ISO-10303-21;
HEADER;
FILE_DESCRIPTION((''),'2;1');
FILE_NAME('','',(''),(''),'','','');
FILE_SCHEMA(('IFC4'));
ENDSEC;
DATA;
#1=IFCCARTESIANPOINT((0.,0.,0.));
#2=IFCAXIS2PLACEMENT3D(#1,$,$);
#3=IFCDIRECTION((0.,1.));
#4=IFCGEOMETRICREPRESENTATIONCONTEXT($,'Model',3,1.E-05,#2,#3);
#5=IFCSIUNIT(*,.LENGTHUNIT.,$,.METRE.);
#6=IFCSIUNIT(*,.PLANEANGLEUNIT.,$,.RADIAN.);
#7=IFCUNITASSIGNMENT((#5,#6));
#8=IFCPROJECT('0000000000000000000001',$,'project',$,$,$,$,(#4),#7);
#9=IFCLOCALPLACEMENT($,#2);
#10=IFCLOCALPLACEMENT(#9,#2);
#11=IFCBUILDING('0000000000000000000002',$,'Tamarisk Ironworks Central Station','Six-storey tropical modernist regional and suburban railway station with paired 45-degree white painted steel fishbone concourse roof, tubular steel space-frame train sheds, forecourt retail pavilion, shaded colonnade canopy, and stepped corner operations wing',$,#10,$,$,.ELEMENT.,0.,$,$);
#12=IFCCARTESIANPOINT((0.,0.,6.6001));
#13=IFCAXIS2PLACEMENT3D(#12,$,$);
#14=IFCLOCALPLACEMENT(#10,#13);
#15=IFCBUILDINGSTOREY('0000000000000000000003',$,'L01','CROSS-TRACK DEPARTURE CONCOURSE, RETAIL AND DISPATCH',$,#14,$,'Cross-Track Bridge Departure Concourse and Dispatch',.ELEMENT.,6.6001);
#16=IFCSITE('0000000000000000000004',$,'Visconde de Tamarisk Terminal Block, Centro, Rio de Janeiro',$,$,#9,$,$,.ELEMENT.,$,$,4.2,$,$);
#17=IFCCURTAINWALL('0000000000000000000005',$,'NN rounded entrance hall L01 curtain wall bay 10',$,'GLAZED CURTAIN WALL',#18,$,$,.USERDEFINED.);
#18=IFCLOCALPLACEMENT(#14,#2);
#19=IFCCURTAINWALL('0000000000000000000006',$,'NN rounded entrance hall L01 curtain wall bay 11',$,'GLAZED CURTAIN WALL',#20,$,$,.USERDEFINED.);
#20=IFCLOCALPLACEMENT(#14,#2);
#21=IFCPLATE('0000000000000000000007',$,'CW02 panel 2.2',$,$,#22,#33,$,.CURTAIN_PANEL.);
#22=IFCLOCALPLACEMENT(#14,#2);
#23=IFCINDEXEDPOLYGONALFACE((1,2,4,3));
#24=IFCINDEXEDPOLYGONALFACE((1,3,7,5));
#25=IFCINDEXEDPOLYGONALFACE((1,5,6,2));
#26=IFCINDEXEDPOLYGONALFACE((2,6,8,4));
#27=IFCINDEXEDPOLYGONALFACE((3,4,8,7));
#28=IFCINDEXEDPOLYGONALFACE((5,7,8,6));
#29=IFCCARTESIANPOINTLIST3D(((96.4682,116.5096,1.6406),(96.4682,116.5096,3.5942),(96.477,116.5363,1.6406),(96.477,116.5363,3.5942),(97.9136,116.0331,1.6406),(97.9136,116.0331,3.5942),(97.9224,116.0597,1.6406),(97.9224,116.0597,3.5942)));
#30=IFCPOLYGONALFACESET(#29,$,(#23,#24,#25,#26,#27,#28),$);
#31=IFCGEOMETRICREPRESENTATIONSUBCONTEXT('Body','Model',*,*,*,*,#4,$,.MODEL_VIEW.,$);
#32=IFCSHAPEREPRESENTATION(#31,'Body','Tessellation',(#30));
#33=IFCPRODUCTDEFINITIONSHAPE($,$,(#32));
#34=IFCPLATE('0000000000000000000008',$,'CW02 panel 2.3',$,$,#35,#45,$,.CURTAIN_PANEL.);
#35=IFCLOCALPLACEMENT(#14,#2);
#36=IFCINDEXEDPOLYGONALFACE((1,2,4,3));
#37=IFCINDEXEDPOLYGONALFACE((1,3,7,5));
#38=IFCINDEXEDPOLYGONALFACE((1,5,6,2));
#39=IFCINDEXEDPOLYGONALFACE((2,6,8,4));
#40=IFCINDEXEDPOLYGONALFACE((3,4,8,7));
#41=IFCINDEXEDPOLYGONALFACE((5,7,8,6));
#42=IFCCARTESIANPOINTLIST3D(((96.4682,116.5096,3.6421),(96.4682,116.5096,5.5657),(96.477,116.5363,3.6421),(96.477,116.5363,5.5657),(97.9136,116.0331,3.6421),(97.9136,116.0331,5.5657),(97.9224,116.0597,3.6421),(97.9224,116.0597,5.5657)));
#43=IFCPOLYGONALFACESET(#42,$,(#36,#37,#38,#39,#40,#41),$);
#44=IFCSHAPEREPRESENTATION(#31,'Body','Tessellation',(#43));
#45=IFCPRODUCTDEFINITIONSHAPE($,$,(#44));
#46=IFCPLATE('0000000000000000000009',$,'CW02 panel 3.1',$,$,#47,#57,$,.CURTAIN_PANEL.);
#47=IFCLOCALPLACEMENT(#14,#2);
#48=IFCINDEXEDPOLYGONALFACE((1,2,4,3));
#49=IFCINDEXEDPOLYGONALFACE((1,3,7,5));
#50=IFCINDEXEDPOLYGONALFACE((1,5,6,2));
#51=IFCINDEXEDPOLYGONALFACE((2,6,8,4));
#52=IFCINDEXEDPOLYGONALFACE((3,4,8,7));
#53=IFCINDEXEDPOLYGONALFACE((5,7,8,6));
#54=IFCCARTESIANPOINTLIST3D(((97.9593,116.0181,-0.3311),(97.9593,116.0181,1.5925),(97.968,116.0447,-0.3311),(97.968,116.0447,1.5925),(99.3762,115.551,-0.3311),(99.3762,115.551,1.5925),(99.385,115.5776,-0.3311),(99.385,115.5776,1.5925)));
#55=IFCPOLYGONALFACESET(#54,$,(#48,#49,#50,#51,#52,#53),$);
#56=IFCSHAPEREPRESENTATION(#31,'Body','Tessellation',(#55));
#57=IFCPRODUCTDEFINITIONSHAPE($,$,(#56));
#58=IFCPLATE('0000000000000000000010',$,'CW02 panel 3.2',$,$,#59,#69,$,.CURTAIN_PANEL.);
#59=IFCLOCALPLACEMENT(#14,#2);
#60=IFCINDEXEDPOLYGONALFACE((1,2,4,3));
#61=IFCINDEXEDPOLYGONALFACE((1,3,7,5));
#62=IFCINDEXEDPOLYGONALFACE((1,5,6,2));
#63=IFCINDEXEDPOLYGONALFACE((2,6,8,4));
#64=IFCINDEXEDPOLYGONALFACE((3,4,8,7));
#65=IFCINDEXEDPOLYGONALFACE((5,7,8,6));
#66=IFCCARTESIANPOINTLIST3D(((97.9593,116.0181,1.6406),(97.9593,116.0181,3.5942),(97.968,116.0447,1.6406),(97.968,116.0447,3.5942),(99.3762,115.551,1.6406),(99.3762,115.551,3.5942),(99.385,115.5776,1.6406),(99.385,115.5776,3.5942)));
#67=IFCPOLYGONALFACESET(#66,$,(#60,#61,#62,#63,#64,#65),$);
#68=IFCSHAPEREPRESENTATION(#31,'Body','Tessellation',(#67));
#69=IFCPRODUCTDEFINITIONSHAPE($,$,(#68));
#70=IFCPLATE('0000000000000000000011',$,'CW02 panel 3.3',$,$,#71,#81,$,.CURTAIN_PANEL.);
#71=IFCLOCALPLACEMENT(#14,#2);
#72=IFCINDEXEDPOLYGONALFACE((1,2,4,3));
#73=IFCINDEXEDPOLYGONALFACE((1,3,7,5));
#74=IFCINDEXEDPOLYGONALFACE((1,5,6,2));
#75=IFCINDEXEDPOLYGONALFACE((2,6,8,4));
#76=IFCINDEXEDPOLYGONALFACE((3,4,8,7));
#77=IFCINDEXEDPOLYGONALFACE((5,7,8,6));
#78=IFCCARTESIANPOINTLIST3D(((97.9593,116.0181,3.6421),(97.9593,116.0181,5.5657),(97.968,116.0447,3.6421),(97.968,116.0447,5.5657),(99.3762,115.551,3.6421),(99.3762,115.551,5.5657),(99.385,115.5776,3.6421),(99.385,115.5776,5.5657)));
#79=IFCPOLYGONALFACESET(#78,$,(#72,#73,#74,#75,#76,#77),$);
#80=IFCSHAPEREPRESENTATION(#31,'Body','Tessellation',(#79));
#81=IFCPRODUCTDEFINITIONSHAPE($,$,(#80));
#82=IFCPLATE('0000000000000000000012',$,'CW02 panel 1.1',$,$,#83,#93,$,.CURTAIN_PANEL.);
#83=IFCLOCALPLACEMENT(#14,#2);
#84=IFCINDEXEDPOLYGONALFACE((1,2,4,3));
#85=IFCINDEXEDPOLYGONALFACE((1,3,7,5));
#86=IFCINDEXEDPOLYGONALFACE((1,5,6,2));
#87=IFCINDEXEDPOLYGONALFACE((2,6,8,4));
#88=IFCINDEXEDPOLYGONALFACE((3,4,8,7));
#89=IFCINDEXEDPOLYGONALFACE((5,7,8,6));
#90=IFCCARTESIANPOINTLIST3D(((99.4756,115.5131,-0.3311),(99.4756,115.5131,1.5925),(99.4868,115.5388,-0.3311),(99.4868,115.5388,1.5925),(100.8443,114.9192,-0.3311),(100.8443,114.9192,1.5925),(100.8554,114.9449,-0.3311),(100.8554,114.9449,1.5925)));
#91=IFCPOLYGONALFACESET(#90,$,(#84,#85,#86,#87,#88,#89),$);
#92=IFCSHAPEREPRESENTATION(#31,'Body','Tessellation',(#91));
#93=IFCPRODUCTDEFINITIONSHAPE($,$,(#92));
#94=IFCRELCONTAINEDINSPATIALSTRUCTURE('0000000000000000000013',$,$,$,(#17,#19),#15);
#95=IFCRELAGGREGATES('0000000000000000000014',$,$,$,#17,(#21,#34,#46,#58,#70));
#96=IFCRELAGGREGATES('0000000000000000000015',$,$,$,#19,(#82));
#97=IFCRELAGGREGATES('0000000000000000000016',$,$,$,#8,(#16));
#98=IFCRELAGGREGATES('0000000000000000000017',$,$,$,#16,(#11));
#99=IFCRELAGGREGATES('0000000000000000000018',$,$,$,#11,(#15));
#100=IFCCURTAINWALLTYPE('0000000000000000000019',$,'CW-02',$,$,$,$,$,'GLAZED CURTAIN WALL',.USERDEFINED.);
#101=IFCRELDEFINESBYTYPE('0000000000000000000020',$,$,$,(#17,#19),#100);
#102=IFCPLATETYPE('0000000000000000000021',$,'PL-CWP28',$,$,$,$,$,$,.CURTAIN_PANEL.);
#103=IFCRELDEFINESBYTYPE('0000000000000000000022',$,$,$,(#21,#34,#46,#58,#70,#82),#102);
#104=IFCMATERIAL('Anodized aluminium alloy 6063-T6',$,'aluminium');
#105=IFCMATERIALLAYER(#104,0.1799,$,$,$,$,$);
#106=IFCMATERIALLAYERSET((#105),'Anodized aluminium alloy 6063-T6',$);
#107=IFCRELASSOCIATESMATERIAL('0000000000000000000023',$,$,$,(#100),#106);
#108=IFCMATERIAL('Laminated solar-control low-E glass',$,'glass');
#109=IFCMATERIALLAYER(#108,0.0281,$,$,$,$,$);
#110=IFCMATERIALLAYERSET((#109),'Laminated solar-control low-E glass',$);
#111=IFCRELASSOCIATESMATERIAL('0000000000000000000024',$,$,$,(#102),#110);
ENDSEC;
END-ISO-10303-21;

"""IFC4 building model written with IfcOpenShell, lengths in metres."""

from ifc_helpers import new_model, si_unit, direction, frame, origin, origin_2d, place, context, subcontext, project, spatial, rectangle, extrude, material, layer, layer_set, type_object, element, aggregate, save


model = new_model("IFC4")

# Units and contexts
model_context = context("Model", 3, precision=1e-05, world=origin(), true_north=direction((0.0, 1.0)))
body_context = subcontext(model_context, "Body", "Model", "MODEL_VIEW")
ifc_project = project(units=[si_unit("LENGTHUNIT", "METRE"), si_unit("PLANEANGLEUNIT", "RADIAN")], contexts=[model_context])

# Site, building, storey
site_placement = place(None, origin())
site = spatial("IfcSite", under=ifc_project, at=site_placement, Name="Visconde de Tamarisk Terminal Block, Centro, Rio de Janeiro", CompositionType="ELEMENT", RefElevation=4.2)
building_placement = place(site_placement, origin())
building = spatial("IfcBuilding", under=site, at=building_placement, Name="Tamarisk Ironworks Central Station", Description="Six-storey tropical modernist regional and suburban railway station with paired 45-degree white painted steel fishbone concourse roof, tubular steel space-frame train sheds, forecourt retail pavilion, shaded colonnade canopy, and stepped corner operations wing", CompositionType="ELEMENT", ElevationOfRefHeight=0.0)
storey_placement = place(building_placement, frame((0.0, 0.0, 6.6001)))
storey = spatial("IfcBuildingStorey", under=building, at=storey_placement, Name="L01", Description="CROSS-TRACK DEPARTURE CONCOURSE, RETAIL AND DISPATCH", LongName="Cross-Track Bridge Departure Concourse and Dispatch", CompositionType="ELEMENT", Elevation=6.6001)

# Curtain wall
ifc_material_1 = material(Name="Anodized aluminium alloy 6063-T6", Category="aluminium")
ifc_layer_1 = layer(ifc_material_1, 0.1799)
ifc_layer_set_1 = layer_set([ifc_layer_1], Name="Anodized aluminium alloy 6063-T6")
curtain_wall_type = type_object("IfcCurtainWallType", Name="CW-02", ElementType="GLAZED CURTAIN WALL", PredefinedType="USERDEFINED", material=ifc_layer_set_1)
curtain_wall_1_placement = place(storey_placement, origin())
curtain_wall_1 = element("IfcCurtainWall", 1, at=curtain_wall_1_placement, inside=storey, type_object=curtain_wall_type, Name="NN rounded entrance hall L01 curtain wall bay 10", ObjectType="GLAZED CURTAIN WALL", PredefinedType="USERDEFINED")

# Curtain wall
curtain_wall_2_placement = place(storey_placement, origin())
curtain_wall_2 = element("IfcCurtainWall", 2, at=curtain_wall_2_placement, inside=storey, type_object=curtain_wall_type, Name="NN rounded entrance hall L01 curtain wall bay 11", ObjectType="GLAZED CURTAIN WALL", PredefinedType="USERDEFINED")

# Plates
ifc_material_2 = material(Name="Laminated solar-control low-E glass", Category="glass")
ifc_layer_2 = layer(ifc_material_2, 0.0281)
ifc_layer_set_2 = layer_set([ifc_layer_2], Name="Laminated solar-control low-E glass")
plate_type = type_object("IfcPlateType", Name="PL-CWP28", PredefinedType="CURTAIN_PANEL", material=ifc_layer_set_2)
plate_1_placement = place(storey_placement, frame((97.1953, 116.2847, 1.6406), z_axis=(0.0, 0.0, 1.0), x_axis=(0.949721, -0.313098, 0.0)))
plate_1 = element("IfcPlate", 3, at=plate_1_placement, type_object=plate_type, Name="CW02 panel 2.2", PredefinedType="CURTAIN_PANEL", context=body_context, shape_type="SweptSolid", body=[
    extrude(rectangle(XDim=1.522, YDim=0.0281, at=origin_2d()), origin(), (0.0, 0.0, 1.0), 1.9536),
])
plate_2_placement = place(storey_placement, frame((97.1953, 116.2847, 3.6421), z_axis=(0.0, 0.0, 1.0), x_axis=(0.949721, -0.313098, 0.0)))
plate_2 = element("IfcPlate", 4, at=plate_2_placement, type_object=plate_type, Name="CW02 panel 2.3", PredefinedType="CURTAIN_PANEL", context=body_context, shape_type="SweptSolid", body=[
    extrude(rectangle(XDim=1.522, YDim=0.0281, at=origin_2d()), origin(), (0.0, 0.0, 1.0), 1.9236),
])
plate_3_placement = place(storey_placement, frame((98.6721, 115.7979, -0.3311), z_axis=(0.0, 0.0, 1.0), x_axis=(0.949721, -0.313098, 0.0)))
plate_3 = element("IfcPlate", 5, at=plate_3_placement, type_object=plate_type, Name="CW02 panel 3.1", PredefinedType="CURTAIN_PANEL", context=body_context, shape_type="SweptSolid", body=[
    extrude(rectangle(XDim=1.4919, YDim=0.0281, at=origin_2d()), origin(), (0.0, 0.0, 1.0), 1.9236),
])
plate_4_placement = place(storey_placement, frame((98.6721, 115.7979, 1.6406), z_axis=(0.0, 0.0, 1.0), x_axis=(0.949721, -0.313098, 0.0)))
plate_4 = element("IfcPlate", 6, at=plate_4_placement, type_object=plate_type, Name="CW02 panel 3.2", PredefinedType="CURTAIN_PANEL", context=body_context, shape_type="SweptSolid", body=[
    extrude(rectangle(XDim=1.4919, YDim=0.0281, at=origin_2d()), origin(), (0.0, 0.0, 1.0), 1.9536),
])
plate_5_placement = place(storey_placement, frame((98.6721, 115.7979, 3.6421), z_axis=(0.0, 0.0, 1.0), x_axis=(0.949721, -0.313098, 0.0)))
plate_5 = element("IfcPlate", 7, at=plate_5_placement, type_object=plate_type, Name="CW02 panel 3.3", PredefinedType="CURTAIN_PANEL", context=body_context, shape_type="SweptSolid", body=[
    extrude(rectangle(XDim=1.4919, YDim=0.0281, at=origin_2d()), origin(), (0.0, 0.0, 1.0), 1.9236),
])
aggregate(curtain_wall_1, [plate_1, plate_2, plate_3, plate_4, plate_5])
plate_6_placement = place(storey_placement, frame((100.1655, 115.229, -0.3311), z_axis=(0.0, 0.0, 1.0), x_axis=(0.917352, -0.398077, 0.0)))
plate_6 = element("IfcPlate", 8, at=plate_6_placement, type_object=plate_type, Name="CW02 panel 1.1", PredefinedType="CURTAIN_PANEL", context=body_context, shape_type="SweptSolid", body=[
    extrude(rectangle(XDim=1.4919, YDim=0.0281, at=origin_2d()), origin(), (0.0, 0.0, 1.0), 1.9236),
])
aggregate(curtain_wall_2, [plate_6])

save(model, "model.ifc")
